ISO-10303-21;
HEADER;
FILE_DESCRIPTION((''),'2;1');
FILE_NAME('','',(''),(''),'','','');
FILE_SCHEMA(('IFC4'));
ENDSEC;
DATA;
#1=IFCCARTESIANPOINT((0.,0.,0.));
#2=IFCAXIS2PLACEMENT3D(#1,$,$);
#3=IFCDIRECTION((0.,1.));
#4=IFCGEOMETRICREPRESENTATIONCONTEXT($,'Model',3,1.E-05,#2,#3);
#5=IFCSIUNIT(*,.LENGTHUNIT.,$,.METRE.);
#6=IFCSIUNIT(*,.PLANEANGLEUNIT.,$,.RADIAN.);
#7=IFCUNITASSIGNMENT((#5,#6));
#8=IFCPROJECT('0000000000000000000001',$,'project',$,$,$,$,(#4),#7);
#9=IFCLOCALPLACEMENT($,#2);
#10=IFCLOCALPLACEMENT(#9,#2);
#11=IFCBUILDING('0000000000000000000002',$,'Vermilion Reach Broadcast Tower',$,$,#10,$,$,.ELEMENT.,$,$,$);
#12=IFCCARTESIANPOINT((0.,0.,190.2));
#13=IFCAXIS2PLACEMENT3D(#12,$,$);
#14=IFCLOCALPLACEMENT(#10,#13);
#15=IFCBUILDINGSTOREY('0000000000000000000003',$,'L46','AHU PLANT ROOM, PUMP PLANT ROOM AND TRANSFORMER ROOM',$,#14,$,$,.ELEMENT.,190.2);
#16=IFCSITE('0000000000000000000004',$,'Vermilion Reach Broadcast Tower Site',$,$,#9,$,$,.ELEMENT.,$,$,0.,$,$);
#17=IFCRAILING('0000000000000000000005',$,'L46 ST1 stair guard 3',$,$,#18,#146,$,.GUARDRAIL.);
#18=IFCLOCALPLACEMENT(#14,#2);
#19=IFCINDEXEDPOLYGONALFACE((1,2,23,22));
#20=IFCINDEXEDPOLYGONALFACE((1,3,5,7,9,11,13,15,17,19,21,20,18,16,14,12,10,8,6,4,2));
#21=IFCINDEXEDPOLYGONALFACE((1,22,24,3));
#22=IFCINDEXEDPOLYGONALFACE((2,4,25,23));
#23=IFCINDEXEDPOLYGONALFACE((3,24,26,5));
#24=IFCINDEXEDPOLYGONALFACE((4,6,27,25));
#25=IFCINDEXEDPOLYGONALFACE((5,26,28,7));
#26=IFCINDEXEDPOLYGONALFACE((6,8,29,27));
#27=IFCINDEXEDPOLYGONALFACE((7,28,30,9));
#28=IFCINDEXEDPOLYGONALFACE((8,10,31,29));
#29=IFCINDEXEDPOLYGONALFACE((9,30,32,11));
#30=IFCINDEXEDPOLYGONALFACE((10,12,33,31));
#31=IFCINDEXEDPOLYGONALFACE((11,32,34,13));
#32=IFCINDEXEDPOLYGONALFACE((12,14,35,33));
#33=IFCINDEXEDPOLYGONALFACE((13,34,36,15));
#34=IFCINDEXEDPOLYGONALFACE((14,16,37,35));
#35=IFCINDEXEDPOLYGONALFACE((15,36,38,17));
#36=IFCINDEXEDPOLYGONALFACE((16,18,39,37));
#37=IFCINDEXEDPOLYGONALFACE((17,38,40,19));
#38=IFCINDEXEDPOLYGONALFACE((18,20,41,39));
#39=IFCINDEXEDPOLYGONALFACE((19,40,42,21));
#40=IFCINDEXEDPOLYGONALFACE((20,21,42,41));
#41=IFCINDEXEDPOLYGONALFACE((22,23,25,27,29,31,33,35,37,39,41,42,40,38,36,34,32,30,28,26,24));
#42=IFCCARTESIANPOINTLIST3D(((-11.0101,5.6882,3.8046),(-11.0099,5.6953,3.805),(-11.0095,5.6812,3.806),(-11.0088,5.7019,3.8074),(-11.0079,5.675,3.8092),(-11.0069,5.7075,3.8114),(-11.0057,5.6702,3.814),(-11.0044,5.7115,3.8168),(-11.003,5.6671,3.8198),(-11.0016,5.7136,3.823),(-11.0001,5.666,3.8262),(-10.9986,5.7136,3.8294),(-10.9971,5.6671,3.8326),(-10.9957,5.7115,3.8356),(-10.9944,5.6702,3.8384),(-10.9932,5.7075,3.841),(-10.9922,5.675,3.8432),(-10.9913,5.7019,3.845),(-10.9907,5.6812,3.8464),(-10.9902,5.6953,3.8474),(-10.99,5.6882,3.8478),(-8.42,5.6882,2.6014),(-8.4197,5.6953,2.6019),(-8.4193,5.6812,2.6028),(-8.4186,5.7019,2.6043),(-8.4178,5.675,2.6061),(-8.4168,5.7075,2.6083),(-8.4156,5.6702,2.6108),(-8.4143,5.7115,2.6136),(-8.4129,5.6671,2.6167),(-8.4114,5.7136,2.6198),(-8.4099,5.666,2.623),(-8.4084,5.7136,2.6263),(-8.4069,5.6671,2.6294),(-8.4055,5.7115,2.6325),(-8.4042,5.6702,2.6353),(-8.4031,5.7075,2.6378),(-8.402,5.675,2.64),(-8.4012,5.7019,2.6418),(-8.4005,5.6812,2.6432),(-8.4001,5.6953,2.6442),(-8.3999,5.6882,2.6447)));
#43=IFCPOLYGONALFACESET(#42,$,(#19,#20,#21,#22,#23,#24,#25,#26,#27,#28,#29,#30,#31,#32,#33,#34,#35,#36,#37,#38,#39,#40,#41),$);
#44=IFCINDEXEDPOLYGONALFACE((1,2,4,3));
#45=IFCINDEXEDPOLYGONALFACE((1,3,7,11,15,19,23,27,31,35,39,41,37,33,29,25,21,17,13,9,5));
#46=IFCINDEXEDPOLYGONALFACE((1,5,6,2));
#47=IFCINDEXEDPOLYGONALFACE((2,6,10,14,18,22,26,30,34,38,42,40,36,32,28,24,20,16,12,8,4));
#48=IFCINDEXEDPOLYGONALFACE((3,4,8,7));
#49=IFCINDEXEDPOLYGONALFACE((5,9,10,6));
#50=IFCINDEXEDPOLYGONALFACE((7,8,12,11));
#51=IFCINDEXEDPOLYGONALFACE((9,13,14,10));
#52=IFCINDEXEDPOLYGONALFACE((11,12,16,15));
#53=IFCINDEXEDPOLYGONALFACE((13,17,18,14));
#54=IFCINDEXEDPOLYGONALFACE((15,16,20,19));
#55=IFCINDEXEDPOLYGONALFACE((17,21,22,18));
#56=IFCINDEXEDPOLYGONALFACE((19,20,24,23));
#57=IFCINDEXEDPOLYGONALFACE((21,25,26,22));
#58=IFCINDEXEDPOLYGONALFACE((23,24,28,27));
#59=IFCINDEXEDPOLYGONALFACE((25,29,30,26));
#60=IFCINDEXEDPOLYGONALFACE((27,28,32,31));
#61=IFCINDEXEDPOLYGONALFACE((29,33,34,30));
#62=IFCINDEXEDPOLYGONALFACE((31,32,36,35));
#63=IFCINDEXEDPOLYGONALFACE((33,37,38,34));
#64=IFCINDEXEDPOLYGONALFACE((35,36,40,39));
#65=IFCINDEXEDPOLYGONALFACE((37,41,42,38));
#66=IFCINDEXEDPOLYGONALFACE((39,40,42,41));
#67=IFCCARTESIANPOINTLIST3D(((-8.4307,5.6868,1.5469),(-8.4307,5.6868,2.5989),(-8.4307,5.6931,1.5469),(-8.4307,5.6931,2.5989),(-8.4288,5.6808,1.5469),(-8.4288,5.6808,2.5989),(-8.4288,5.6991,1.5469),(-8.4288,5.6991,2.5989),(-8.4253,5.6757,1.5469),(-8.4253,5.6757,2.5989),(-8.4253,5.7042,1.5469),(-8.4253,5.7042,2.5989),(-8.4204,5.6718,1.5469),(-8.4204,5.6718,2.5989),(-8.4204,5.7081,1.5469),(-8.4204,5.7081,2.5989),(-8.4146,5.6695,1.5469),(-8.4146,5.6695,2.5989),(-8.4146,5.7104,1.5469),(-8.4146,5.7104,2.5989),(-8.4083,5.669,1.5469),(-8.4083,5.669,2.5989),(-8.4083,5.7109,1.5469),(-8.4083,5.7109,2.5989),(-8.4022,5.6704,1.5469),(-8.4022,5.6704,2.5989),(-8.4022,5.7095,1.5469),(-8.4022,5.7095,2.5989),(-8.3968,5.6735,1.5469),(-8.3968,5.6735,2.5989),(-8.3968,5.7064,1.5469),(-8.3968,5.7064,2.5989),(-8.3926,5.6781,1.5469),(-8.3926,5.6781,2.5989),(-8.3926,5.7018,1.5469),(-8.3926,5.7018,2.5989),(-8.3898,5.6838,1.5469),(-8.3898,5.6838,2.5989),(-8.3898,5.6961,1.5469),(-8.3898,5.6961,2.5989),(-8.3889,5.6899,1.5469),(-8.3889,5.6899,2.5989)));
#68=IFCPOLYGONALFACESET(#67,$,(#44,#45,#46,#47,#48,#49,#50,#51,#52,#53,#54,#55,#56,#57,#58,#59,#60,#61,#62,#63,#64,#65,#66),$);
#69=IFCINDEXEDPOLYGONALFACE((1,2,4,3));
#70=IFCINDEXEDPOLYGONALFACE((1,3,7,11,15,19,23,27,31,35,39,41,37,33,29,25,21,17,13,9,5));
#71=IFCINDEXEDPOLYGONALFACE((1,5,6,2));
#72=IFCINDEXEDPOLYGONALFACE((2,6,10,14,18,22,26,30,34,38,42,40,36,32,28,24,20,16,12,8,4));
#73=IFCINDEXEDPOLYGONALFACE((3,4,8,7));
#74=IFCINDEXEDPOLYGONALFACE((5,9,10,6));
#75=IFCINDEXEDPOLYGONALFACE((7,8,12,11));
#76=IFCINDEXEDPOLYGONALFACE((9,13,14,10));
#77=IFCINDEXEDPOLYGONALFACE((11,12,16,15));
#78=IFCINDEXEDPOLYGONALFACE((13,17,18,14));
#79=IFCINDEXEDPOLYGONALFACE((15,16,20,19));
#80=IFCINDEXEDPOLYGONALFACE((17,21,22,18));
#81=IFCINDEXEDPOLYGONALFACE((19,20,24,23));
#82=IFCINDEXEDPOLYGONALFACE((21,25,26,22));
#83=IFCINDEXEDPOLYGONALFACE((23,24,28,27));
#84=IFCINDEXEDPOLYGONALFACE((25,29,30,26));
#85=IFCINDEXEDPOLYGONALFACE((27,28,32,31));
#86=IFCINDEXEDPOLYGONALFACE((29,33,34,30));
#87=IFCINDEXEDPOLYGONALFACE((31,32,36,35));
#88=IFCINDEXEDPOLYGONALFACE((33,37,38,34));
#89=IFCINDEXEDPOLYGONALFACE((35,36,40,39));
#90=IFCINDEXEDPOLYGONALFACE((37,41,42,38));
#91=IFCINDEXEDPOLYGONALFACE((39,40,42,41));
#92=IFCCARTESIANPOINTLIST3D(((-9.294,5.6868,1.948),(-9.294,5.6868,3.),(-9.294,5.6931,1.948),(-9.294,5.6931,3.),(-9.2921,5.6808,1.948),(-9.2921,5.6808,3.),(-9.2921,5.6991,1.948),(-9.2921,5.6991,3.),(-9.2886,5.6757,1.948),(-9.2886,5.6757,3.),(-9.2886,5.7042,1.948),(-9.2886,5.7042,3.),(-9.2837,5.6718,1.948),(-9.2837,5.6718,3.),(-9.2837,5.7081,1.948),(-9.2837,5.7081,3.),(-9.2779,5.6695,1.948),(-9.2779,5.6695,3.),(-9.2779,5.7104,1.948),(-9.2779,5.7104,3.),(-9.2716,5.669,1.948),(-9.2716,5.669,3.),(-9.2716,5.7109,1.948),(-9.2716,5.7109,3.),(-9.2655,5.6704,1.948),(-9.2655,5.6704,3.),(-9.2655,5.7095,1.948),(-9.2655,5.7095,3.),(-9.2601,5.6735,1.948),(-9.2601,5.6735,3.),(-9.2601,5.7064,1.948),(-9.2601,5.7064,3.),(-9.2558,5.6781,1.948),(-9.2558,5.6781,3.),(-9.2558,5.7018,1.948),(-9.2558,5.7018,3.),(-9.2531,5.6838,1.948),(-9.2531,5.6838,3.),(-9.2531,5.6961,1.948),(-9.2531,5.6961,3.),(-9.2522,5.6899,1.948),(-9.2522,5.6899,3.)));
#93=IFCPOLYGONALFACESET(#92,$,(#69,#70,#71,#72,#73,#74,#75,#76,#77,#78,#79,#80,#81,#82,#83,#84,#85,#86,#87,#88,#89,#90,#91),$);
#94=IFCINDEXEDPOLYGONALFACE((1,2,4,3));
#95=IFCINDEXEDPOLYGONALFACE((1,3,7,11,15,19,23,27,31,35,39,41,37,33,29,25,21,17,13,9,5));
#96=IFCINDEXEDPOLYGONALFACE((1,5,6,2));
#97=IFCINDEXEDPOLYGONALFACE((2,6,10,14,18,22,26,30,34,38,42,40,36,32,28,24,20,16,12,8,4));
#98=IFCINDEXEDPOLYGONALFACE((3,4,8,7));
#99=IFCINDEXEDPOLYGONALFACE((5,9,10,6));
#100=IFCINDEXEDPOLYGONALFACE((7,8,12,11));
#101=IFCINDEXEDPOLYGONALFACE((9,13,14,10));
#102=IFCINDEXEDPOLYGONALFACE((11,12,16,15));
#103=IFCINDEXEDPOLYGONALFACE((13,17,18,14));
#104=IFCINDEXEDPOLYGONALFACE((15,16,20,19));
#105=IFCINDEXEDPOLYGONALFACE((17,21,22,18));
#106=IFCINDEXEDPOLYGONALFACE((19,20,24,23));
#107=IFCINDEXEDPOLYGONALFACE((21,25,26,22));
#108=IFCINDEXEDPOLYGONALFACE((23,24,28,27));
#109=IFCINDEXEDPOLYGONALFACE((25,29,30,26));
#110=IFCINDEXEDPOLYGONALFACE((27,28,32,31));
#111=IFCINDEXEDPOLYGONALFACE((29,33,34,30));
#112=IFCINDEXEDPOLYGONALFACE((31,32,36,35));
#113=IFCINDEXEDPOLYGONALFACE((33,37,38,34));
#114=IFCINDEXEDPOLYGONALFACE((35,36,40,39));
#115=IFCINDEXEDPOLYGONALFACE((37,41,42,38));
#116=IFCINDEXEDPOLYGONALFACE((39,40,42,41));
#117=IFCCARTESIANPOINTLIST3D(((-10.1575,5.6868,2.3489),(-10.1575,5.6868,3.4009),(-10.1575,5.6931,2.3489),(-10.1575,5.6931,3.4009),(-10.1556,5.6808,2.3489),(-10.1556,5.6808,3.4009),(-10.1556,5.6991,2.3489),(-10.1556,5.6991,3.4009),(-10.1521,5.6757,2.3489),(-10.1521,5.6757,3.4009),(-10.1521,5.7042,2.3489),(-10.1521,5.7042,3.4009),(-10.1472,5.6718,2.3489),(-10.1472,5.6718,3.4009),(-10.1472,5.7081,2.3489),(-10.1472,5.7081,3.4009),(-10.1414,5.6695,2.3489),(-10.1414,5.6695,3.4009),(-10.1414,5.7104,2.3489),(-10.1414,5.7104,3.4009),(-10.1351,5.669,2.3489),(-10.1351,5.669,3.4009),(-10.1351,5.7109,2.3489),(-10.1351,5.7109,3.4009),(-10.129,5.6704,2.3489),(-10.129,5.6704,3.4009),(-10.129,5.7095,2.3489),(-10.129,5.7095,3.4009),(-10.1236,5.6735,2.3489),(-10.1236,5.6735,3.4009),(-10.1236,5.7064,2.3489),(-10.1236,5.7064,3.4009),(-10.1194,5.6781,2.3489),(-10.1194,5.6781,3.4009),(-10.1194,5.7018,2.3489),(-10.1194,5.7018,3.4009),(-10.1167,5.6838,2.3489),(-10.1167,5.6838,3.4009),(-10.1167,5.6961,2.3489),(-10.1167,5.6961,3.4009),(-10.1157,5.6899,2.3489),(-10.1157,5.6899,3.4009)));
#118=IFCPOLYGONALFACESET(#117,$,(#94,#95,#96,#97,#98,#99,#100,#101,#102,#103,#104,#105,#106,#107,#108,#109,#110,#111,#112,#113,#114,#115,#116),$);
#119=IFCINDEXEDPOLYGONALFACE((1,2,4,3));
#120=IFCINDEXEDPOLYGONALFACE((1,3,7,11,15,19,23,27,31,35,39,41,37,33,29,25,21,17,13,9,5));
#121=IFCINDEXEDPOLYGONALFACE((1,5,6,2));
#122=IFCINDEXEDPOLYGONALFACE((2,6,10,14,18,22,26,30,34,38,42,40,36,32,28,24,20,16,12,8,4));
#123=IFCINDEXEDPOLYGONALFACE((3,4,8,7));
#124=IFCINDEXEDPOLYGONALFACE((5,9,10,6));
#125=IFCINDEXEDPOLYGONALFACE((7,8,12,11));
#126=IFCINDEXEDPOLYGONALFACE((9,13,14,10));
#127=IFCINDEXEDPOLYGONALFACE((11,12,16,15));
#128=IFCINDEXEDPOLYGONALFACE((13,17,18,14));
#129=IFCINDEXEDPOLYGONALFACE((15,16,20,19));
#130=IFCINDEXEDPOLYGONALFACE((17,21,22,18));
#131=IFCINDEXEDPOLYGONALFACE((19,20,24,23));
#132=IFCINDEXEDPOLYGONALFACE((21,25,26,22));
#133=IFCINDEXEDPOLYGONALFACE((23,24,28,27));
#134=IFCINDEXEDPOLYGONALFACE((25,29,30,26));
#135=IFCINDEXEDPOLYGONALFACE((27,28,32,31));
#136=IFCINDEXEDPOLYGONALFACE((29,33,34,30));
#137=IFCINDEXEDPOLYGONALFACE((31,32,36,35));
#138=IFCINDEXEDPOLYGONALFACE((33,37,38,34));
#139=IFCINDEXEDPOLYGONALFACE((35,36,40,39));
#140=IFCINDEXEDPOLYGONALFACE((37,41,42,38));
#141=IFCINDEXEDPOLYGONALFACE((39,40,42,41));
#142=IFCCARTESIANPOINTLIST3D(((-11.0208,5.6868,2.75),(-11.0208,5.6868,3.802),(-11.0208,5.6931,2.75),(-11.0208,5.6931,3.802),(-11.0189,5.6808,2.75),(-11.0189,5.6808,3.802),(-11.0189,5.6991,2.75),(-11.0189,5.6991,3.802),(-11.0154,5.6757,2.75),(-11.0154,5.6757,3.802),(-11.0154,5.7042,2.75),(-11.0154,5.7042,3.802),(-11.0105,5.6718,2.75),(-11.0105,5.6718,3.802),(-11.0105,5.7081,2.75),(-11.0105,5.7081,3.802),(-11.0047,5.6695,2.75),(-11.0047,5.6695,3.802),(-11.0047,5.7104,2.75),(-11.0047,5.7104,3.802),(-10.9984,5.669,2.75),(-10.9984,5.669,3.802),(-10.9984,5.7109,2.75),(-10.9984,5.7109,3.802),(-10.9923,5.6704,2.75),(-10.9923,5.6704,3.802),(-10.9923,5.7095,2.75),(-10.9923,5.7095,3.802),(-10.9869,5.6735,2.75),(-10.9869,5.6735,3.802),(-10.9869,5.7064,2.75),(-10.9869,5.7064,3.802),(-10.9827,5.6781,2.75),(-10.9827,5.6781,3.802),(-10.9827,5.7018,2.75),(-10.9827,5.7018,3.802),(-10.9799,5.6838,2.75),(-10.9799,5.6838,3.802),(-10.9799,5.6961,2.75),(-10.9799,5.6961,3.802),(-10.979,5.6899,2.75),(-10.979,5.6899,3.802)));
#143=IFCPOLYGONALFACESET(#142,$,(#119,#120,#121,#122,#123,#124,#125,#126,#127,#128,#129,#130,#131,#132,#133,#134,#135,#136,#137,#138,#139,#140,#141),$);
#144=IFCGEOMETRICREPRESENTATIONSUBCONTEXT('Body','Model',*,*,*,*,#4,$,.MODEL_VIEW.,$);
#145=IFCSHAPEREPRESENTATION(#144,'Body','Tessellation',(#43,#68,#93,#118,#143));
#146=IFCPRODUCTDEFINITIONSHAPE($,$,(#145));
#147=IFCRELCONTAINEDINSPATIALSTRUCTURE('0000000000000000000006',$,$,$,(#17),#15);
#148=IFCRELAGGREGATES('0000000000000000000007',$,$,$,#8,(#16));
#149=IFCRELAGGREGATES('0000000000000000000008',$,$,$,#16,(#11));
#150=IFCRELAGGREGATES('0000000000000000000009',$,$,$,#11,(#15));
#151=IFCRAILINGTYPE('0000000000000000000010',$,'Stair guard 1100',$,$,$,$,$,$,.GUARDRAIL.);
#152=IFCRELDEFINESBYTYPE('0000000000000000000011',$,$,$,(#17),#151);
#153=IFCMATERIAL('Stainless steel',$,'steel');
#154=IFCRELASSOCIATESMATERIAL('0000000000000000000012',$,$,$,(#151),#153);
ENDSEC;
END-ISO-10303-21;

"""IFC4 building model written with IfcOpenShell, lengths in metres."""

from ifc_helpers import new_model, si_unit, direction, frame, origin, origin_2d, place, context, subcontext, project, spatial, circle, extrude, material, type_object, element, save


model = new_model("IFC4")

# Units and contexts
model_context = context("Model", 3, precision=1e-05, world=origin(), true_north=direction((0.0, 1.0)))
body_context = subcontext(model_context, "Body", "Model", "MODEL_VIEW")
ifc_project = project(units=[si_unit("LENGTHUNIT", "METRE"), si_unit("PLANEANGLEUNIT", "RADIAN")], contexts=[model_context])

# Site, building, storey
site_placement = place(None, origin())
site = spatial("IfcSite", under=ifc_project, at=site_placement, Name="Vermilion Reach Broadcast Tower Site", CompositionType="ELEMENT", RefElevation=0.0)
building_placement = place(site_placement, origin())
building = spatial("IfcBuilding", under=site, at=building_placement, Name="Vermilion Reach Broadcast Tower", CompositionType="ELEMENT")
storey_placement = place(building_placement, frame((0.0, 0.0, 190.2)))
storey = spatial("IfcBuildingStorey", under=building, at=storey_placement, Name="L46", Description="AHU PLANT ROOM, PUMP PLANT ROOM AND TRANSFORMER ROOM", CompositionType="ELEMENT", Elevation=190.2)

# Railing
ifc_material_1 = material(Name="Stainless steel", Category="steel")
railing_type_1 = type_object("IfcRailingType", Name="Stair guard 1100", PredefinedType="GUARDRAIL", material=ifc_material_1)
railing_1_placement = place(storey_placement, frame((-8.4099, 5.6899, 1.5469)))
element("IfcRailing", 1, at=railing_1_placement, inside=storey, type_object=railing_type_1, Name="L46 ST1 stair guard 3", PredefinedType="GUARDRAIL", context=body_context, shape_type="SweptSolid", body=[
    extrude(circle(Radius=0.0239, at=origin_2d()), frame((0.0, 0.0, 1.0762), z_axis=(-0.906931, 0.0, 0.42128), x_axis=(0.0, -1.0, 0.0)), (0.0, 0.0, 1.0), 2.856),
    extrude(circle(Radius=0.021, at=origin_2d()), origin(), (0.0, 0.0, 1.0), 1.052),
    extrude(circle(Radius=0.021, at=origin_2d()), frame((-0.8633, 0.0, 0.4011)), (0.0, 0.0, 1.0), 1.052),
    extrude(circle(Radius=0.021, at=origin_2d()), frame((-1.7268, 0.0, 0.802)), (0.0, 0.0, 1.0), 1.052),
    extrude(circle(Radius=0.021, at=origin_2d()), frame((-2.5901, 0.0, 1.2031)), (0.0, 0.0, 1.0), 1.052),
])

save(model, "model.ifc")
